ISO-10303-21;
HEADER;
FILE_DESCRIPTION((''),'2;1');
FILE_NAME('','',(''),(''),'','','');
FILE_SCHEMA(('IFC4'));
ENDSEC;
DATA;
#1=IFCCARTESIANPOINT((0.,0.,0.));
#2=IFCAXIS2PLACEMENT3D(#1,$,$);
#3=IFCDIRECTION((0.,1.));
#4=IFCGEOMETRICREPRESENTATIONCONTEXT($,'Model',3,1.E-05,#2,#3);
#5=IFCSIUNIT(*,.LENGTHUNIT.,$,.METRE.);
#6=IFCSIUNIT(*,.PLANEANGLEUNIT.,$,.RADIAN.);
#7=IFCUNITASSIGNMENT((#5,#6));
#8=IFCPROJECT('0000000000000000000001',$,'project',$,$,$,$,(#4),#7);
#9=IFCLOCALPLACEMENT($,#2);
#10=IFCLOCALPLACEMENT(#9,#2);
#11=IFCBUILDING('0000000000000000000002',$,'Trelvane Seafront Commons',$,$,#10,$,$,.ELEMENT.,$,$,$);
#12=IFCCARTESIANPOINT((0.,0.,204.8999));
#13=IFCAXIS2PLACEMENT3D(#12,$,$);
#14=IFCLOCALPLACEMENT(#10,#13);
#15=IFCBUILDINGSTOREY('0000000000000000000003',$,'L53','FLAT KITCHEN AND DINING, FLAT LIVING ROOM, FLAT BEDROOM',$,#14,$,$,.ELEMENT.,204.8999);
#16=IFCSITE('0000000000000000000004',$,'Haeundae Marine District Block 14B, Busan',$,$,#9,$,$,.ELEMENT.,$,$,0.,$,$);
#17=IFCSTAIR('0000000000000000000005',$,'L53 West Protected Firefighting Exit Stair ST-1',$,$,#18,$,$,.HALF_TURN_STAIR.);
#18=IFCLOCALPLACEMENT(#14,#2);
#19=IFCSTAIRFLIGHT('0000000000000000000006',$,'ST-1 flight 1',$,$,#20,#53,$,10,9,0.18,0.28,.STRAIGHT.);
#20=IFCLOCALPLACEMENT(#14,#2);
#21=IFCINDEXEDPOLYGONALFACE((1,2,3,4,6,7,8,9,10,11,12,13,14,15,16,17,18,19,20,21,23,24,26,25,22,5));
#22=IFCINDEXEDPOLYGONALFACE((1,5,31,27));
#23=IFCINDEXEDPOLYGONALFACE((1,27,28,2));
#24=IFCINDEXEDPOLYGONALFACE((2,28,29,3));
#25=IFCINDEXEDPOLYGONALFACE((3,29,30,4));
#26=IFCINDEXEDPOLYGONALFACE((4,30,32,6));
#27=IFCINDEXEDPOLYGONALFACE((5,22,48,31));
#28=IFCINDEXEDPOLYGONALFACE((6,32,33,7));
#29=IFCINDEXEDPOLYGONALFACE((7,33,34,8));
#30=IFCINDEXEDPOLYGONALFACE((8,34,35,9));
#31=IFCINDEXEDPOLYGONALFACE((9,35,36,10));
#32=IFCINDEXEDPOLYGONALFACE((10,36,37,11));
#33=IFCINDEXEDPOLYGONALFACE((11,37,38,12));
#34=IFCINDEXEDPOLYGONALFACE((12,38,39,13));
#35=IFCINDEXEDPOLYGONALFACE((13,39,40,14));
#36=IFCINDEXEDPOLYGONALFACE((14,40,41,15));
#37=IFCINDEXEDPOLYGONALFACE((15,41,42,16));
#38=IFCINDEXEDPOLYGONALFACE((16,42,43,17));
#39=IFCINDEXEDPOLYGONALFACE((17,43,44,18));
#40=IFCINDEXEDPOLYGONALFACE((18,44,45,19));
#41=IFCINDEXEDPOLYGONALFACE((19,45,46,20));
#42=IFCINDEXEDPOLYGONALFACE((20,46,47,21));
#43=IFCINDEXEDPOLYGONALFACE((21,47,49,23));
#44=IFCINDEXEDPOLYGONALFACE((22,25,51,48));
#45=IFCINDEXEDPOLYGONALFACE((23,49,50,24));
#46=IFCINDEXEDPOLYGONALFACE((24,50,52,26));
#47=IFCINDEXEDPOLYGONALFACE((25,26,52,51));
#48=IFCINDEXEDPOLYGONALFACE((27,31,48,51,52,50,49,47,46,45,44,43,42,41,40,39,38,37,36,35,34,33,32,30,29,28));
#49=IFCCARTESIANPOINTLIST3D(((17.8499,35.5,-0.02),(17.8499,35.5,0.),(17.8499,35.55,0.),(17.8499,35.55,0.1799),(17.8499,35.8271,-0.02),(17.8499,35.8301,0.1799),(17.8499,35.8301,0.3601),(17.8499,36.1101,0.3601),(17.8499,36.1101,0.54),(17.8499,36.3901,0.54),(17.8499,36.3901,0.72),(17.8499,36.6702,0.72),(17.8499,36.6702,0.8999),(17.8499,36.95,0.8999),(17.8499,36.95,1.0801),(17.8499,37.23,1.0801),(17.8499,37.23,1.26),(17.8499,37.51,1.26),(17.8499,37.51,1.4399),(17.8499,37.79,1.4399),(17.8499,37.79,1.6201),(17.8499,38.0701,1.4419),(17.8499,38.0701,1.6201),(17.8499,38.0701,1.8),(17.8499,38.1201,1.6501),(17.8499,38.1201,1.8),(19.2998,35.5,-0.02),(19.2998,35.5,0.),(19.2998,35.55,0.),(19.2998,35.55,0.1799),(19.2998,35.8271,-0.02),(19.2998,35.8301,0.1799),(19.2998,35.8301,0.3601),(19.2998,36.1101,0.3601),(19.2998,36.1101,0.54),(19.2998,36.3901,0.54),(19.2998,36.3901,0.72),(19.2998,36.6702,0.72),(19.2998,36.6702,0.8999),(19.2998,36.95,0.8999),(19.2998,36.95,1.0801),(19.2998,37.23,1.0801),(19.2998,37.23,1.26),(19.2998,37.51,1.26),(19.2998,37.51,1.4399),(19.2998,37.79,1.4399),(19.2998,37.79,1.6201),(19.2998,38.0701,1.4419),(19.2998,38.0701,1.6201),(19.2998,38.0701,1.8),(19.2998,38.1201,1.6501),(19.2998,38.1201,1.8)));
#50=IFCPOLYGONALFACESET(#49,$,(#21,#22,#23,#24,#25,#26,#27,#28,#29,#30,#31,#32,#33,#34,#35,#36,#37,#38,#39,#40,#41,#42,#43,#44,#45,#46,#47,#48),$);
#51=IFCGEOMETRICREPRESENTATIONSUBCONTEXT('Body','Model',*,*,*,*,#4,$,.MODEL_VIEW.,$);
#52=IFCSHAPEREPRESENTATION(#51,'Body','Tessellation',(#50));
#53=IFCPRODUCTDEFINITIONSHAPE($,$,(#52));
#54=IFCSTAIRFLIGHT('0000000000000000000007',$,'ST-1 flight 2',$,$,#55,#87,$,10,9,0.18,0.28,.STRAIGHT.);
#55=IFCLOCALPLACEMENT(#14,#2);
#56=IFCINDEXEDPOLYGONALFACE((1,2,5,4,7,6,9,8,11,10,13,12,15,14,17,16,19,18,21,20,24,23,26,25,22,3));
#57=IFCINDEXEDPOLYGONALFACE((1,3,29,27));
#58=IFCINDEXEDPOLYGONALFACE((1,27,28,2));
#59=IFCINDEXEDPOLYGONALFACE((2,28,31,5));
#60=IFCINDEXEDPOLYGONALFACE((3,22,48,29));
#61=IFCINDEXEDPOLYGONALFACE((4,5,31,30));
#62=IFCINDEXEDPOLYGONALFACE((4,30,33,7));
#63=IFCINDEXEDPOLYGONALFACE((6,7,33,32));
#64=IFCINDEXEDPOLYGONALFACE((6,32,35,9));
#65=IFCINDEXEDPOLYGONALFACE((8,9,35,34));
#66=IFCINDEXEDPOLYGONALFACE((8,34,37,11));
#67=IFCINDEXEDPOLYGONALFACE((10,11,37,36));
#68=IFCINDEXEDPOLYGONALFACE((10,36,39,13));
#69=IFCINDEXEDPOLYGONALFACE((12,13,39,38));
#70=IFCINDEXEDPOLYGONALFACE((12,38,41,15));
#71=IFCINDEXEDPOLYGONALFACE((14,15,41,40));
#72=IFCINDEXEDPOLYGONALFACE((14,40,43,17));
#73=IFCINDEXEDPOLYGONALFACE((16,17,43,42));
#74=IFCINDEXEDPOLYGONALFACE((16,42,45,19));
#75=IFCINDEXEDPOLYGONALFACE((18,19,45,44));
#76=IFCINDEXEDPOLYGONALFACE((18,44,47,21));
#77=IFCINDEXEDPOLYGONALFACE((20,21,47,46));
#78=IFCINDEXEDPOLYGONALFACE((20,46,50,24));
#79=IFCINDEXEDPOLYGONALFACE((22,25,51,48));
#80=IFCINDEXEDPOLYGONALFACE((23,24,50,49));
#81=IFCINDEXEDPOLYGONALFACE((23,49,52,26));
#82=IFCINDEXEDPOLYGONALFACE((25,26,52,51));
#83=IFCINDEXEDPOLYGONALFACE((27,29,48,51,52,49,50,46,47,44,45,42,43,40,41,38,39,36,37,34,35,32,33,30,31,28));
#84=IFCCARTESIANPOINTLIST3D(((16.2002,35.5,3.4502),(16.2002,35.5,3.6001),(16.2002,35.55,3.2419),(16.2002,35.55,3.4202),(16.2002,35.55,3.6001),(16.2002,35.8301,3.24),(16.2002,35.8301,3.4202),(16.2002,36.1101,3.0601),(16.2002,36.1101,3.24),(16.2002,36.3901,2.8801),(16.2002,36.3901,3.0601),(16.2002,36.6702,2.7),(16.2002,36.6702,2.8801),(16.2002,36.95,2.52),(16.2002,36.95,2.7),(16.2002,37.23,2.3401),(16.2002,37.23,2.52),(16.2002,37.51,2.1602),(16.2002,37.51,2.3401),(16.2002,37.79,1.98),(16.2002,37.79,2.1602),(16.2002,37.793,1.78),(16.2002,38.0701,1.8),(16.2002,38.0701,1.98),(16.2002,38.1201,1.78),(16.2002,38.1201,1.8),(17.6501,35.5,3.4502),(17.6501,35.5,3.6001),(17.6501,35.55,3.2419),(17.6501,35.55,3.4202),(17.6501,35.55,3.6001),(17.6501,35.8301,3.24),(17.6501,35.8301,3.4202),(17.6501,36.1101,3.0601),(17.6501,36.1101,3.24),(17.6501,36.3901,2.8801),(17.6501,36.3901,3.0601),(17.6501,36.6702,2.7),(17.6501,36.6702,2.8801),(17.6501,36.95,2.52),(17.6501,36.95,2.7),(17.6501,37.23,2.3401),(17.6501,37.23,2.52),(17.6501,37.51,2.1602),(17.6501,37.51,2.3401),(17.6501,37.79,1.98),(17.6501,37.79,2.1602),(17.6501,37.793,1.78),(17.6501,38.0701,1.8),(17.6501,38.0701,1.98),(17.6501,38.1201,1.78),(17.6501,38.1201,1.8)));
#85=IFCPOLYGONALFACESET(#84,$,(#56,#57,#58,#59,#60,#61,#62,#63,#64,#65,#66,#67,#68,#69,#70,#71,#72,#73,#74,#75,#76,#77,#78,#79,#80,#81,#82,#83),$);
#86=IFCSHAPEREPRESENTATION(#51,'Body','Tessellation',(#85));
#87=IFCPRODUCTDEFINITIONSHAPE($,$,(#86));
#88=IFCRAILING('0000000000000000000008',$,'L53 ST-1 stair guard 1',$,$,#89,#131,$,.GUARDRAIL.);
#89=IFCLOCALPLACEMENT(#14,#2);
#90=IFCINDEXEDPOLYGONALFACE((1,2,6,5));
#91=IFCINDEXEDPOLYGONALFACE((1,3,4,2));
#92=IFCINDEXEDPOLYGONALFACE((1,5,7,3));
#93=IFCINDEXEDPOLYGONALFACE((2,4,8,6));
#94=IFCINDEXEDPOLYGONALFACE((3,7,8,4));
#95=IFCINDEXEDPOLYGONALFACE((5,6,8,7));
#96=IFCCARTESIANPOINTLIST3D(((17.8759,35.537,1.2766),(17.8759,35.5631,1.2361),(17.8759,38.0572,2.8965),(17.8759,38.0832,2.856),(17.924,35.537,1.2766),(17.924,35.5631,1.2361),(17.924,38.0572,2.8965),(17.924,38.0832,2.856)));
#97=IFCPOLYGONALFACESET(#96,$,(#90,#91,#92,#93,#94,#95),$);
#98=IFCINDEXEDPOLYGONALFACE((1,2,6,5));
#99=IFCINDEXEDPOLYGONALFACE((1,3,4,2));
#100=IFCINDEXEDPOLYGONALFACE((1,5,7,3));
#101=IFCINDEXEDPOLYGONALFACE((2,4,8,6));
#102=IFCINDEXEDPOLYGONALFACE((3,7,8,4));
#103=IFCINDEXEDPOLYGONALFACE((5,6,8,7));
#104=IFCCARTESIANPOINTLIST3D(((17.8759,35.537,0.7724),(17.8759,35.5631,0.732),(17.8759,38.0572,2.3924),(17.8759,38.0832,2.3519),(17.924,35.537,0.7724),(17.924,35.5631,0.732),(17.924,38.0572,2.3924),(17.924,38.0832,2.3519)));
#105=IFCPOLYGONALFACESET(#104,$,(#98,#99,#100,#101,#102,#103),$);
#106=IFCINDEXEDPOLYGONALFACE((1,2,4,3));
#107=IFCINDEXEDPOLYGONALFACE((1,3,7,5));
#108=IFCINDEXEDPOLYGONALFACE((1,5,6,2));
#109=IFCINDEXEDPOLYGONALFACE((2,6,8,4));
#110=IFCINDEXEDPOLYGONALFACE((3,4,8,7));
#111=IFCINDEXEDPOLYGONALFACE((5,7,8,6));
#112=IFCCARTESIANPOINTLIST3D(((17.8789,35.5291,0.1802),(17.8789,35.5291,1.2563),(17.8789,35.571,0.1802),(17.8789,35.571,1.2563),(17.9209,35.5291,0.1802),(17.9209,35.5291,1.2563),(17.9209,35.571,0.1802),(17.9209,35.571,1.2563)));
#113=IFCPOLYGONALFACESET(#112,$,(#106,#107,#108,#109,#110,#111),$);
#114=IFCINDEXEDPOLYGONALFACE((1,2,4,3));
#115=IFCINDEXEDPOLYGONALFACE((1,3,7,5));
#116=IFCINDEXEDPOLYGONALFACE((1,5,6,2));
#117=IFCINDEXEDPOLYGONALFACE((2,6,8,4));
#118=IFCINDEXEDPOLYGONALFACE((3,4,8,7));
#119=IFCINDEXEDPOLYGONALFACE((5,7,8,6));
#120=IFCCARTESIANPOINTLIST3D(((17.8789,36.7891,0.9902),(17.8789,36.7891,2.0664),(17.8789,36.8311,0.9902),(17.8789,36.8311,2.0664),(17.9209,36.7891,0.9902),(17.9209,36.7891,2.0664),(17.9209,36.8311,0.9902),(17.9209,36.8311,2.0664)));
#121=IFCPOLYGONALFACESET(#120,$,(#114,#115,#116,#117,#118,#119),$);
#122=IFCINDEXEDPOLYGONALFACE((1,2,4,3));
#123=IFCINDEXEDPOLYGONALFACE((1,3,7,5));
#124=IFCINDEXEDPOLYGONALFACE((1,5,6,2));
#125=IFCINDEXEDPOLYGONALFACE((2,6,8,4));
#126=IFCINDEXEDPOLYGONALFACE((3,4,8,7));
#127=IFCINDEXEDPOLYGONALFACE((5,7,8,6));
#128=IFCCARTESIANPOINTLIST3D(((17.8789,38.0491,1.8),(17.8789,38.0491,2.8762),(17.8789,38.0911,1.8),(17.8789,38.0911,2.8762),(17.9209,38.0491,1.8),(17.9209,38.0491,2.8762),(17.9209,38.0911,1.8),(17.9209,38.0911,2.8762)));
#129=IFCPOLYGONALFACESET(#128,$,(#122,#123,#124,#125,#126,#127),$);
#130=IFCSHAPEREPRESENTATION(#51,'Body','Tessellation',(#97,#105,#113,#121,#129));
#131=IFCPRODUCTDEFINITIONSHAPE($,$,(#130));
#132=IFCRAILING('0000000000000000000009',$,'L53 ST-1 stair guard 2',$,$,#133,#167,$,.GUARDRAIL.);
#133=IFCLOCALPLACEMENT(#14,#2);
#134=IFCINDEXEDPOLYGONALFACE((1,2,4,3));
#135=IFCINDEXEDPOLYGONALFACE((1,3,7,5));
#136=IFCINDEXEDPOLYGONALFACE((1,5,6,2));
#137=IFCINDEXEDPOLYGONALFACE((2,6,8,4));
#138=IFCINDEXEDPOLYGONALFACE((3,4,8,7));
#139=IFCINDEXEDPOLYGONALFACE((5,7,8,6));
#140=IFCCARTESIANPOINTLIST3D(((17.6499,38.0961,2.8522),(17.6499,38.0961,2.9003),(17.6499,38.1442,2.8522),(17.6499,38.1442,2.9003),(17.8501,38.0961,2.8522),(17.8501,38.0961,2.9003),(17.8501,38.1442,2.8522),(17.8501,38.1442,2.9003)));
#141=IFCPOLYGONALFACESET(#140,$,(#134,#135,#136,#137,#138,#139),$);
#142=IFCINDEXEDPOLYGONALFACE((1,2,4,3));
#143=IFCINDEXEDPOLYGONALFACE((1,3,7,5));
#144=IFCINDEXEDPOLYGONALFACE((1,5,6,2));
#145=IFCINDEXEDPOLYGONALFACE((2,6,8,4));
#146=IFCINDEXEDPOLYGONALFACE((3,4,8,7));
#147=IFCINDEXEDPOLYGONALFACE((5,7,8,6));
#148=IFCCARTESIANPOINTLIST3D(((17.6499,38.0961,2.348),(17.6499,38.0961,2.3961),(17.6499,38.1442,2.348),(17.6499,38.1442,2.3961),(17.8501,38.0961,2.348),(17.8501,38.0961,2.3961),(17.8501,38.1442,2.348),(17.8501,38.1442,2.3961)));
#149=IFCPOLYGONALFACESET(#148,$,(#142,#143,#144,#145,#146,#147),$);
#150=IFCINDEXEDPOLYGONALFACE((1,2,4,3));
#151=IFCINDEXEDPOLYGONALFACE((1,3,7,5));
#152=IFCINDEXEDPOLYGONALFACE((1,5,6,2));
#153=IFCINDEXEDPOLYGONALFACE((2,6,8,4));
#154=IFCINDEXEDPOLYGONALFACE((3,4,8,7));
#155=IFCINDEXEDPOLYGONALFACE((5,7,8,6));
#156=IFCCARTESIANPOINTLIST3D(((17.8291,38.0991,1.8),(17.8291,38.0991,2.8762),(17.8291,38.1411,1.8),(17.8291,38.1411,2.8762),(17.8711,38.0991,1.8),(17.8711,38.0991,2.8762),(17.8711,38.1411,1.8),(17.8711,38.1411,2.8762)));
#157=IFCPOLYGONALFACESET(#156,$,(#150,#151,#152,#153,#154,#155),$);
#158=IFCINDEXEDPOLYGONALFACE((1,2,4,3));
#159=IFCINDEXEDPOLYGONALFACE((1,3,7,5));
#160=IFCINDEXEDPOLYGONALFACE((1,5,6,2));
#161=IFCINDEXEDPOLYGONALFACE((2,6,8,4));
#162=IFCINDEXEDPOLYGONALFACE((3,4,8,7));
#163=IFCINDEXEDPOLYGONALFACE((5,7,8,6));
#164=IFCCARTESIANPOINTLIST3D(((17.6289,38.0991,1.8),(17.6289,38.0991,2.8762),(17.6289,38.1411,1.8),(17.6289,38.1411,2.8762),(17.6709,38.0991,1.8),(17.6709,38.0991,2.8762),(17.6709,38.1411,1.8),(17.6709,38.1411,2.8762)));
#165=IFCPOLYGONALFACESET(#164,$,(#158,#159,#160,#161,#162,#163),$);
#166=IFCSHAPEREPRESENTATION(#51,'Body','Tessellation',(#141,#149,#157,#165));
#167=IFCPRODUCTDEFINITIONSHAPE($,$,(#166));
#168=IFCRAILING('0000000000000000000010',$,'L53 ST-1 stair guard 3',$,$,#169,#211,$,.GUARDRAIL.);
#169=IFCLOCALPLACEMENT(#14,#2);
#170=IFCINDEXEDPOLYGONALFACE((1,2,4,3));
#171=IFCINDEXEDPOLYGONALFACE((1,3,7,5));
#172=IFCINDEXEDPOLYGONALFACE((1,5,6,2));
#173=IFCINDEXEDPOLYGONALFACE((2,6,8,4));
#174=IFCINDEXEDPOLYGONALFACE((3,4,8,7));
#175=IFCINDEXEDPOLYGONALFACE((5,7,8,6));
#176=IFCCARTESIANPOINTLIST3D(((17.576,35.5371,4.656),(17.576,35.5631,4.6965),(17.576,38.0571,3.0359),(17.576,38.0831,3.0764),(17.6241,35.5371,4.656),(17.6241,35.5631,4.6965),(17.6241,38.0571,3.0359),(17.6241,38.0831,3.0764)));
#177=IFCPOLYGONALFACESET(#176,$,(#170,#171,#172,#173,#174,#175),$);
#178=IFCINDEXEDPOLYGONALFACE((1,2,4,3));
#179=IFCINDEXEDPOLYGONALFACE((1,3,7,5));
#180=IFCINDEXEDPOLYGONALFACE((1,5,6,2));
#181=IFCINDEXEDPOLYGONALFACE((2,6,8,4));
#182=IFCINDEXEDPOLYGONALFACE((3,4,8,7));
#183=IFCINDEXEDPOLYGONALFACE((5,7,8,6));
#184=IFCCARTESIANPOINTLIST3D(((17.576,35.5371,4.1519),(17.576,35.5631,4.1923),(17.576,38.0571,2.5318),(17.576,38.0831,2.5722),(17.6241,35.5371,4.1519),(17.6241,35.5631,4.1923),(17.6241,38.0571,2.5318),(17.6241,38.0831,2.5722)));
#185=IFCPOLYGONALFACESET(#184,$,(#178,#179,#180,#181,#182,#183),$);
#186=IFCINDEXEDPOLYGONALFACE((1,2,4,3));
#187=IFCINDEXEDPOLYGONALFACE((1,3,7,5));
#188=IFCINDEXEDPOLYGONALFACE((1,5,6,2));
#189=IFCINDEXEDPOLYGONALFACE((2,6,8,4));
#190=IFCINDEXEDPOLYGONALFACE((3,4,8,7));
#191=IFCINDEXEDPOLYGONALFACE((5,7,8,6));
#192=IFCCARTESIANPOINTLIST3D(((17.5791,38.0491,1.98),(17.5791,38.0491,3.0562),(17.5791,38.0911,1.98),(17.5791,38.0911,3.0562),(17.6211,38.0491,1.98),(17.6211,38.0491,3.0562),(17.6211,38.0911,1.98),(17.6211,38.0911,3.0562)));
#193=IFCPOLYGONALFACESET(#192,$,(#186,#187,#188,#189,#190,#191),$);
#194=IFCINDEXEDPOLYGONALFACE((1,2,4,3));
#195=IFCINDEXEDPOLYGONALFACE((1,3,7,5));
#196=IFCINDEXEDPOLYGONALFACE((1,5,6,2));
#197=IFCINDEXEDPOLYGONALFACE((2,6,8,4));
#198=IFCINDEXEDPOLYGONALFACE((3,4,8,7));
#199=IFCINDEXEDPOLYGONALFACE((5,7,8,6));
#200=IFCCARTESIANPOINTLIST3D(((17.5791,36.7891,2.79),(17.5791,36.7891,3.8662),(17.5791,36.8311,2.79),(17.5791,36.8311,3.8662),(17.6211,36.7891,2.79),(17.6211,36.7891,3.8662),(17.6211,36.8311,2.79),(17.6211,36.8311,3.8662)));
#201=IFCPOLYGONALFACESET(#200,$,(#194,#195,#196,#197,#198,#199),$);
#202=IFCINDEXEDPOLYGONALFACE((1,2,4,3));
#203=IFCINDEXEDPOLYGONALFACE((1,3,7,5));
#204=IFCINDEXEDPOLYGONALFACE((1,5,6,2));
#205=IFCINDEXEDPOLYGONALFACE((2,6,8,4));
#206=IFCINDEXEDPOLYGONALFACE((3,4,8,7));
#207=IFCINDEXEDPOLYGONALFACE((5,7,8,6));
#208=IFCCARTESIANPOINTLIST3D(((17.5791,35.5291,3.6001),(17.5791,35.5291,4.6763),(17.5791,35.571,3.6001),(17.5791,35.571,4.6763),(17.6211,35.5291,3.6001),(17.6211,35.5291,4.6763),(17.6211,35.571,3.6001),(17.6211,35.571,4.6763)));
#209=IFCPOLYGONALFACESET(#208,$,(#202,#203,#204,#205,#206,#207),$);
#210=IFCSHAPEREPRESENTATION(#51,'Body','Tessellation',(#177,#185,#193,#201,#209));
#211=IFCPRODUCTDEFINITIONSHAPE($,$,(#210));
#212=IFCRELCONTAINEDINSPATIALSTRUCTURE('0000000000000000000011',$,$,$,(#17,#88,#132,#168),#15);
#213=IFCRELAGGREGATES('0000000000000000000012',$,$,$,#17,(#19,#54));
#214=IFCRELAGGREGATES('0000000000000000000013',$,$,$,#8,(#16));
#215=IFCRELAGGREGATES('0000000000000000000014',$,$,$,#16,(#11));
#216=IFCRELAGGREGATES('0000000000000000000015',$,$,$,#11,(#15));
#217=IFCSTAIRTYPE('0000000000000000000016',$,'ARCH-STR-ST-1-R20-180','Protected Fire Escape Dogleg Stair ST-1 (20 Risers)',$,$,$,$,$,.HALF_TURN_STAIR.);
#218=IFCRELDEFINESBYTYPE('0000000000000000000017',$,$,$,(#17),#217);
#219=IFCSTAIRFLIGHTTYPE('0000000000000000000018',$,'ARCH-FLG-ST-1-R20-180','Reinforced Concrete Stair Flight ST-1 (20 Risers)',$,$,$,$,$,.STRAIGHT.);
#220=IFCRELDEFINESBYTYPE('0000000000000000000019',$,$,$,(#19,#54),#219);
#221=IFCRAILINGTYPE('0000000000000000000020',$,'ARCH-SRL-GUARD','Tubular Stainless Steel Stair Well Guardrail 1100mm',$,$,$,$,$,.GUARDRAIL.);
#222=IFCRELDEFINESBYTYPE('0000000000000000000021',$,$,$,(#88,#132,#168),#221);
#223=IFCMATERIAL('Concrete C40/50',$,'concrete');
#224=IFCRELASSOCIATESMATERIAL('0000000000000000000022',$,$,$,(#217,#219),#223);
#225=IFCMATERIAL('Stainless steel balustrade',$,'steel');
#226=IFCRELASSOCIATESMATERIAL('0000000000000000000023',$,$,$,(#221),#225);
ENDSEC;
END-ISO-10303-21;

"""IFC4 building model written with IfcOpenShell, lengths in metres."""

from ifc_helpers import new_model, si_unit, direction, frame, origin, origin_2d, place, context, subcontext, project, spatial, polyline, rectangle, outline, extrude, source, transform, mapped, material, type_object, element, aggregate, save


model = new_model("IFC4")

# Units and contexts
model_context = context("Model", 3, precision=1e-05, world=origin(), true_north=direction((0.0, 1.0)))
body_context = subcontext(model_context, "Body", "Model", "MODEL_VIEW")
ifc_project = project(units=[si_unit("LENGTHUNIT", "METRE"), si_unit("PLANEANGLEUNIT", "RADIAN")], contexts=[model_context])

# Site, building, storey
site_placement = place(None, origin())
site = spatial("IfcSite", under=ifc_project, at=site_placement, Name="Haeundae Marine District Block 14B, Busan", CompositionType="ELEMENT", RefElevation=0.0)
building_placement = place(site_placement, origin())
building = spatial("IfcBuilding", under=site, at=building_placement, Name="Trelvane Seafront Commons", CompositionType="ELEMENT")
storey_placement = place(building_placement, frame((0.0, 0.0, 204.8999)))
storey = spatial("IfcBuildingStorey", under=building, at=storey_placement, Name="L53", Description="FLAT KITCHEN AND DINING, FLAT LIVING ROOM, FLAT BEDROOM", CompositionType="ELEMENT", Elevation=204.8999)

# Shared definitions
ifc_material_1 = material(Name="Concrete C40/50", Category="concrete")
ifc_material_2 = material(Name="Stainless steel balustrade", Category="steel")

# Stair, stair flights
stair_type = type_object("IfcStairType", Name="ARCH-STR-ST-1-R20-180", Description="Protected Fire Escape Dogleg Stair ST-1 (20 Risers)", PredefinedType="HALF_TURN_STAIR", material=ifc_material_1)
stair_placement = place(storey_placement, origin())
stair = element("IfcStair", 1, at=stair_placement, inside=storey, type_object=stair_type, Name="L53 West Protected Firefighting Exit Stair ST-1", PredefinedType="HALF_TURN_STAIR")
stair_flight_type = type_object("IfcStairFlightType", Name="ARCH-FLG-ST-1-R20-180", Description="Reinforced Concrete Stair Flight ST-1 (20 Risers)", PredefinedType="STRAIGHT", material=ifc_material_1)
shared_shape_1 = source(origin(), body_context, "Body", "SweptSolid", [
    extrude(outline(polyline([(-0.05, -0.02), (-0.05, 0.0), (0.0, 0.0), (0.0, 0.1799), (0.28, 0.1799), (0.28, 0.3601), (0.5601, 0.3601), (0.5601, 0.54), (0.8401, 0.54), (0.8401, 0.72), (1.1201, 0.72), (1.1201, 0.8999), (1.3999, 0.8999), (1.3999, 1.0801), (1.6799, 1.0801), (1.6799, 1.26), (1.96, 1.26), (1.96, 1.4399), (2.24, 1.4399), (2.24, 1.6201), (2.52, 1.6201), (2.52, 1.8), (2.5701, 1.8), (2.5701, 1.6501), (2.52, 1.4419), (0.2771, -0.02), (-0.05, -0.02)])), frame((0.0, 0.7251, 0.0), z_axis=(0.0, -1.0, 0.0), x_axis=(1.0, 0.0, 0.0)), (0.0, 0.0, 1.0), 1.45),
])
stair_flight_1_placement = place(storey_placement, frame((18.575, 35.55, 0.0), z_axis=(0.0, 0.0, 1.0), x_axis=(0.0, 1.0, 0.0)))
stair_flight_1 = element("IfcStairFlight", 2, at=stair_flight_1_placement, type_object=stair_flight_type, Name="ST-1 flight 1", NumberOfRisers=10, NumberOfTreads=9, PredefinedType="STRAIGHT", RiserHeight=0.18, TreadLength=0.28, context=body_context, shape_type="MappedRepresentation", body=[
    mapped(shared_shape_1, transform((0.0, 0.0, 0.0), x_axis=(1.0, 0.0, 0.0), y_axis=(0.0, 1.0, 0.0), z_axis=(0.0, 0.0, 1.0), scale=1.0)),
])
stair_flight_2_placement = place(storey_placement, frame((16.925, 38.0701, 1.8), z_axis=(0.0, 0.0, 1.0), x_axis=(0.0, -1.0, 0.0)))
stair_flight_2 = element("IfcStairFlight", 3, at=stair_flight_2_placement, type_object=stair_flight_type, Name="ST-1 flight 2", NumberOfRisers=10, NumberOfTreads=9, PredefinedType="STRAIGHT", RiserHeight=0.18, TreadLength=0.28, context=body_context, shape_type="MappedRepresentation", body=[
    mapped(shared_shape_1, transform((0.0, 0.0, 0.0), x_axis=(1.0, 0.0, 0.0), y_axis=(0.0, 1.0, 0.0), z_axis=(0.0, 0.0, 1.0), scale=1.0)),
])
aggregate(stair, [stair_flight_1, stair_flight_2])

# Railings
railing_type_1 = type_object("IfcRailingType", Name="ARCH-SRL-GUARD", Description="Tubular Stainless Steel Stair Well Guardrail 1100mm", PredefinedType="GUARDRAIL", material=ifc_material_2)
railing_1_placement = place(storey_placement, frame((17.8999, 35.55, 0.1802)))
element("IfcRailing", 4, at=railing_1_placement, inside=storey, type_object=railing_type_1, Name="L53 ST-1 stair guard 1", PredefinedType="GUARDRAIL", context=body_context, shape_type="SweptSolid", body=[
    extrude(rectangle(XDim=0.0481, YDim=0.0481, at=origin_2d()), frame((0.0, 0.0, 1.0762), z_axis=(0.0, 0.8412, 0.540725), x_axis=(-1.0, 0.0, 0.0)), (0.0, 0.0, 1.0), 2.9958),
    extrude(rectangle(XDim=0.0481, YDim=0.0481, at=origin_2d()), frame((0.0, 0.0, 0.572), z_axis=(0.0, 0.8412, 0.540725), x_axis=(-1.0, 0.0, 0.0)), (0.0, 0.0, 1.0), 2.9958),
    extrude(rectangle(XDim=0.042, YDim=0.042, at=origin_2d()), origin(), (0.0, 0.0, 1.0), 1.0762),
    extrude(rectangle(XDim=0.042, YDim=0.042, at=origin_2d()), frame((0.0, 1.26, 0.8101)), (0.0, 0.0, 1.0), 1.0762),
    extrude(rectangle(XDim=0.042, YDim=0.042, at=origin_2d()), frame((0.0, 2.52, 1.6199)), (0.0, 0.0, 1.0), 1.0762),
])
railing_2_placement = place(storey_placement, frame((17.8501, 38.1201, 1.8)))
element("IfcRailing", 5, at=railing_2_placement, inside=storey, type_object=railing_type_1, Name="L53 ST-1 stair guard 2", PredefinedType="GUARDRAIL", context=body_context, shape_type="SweptSolid", body=[
    extrude(rectangle(XDim=0.0481, YDim=0.0481, at=origin_2d()), frame((0.0, 0.0, 1.0762), z_axis=(-1.0, 0.0, 0.0), x_axis=(0.0, -1.0, 0.0)), (0.0, 0.0, 1.0), 0.2002),
    extrude(rectangle(XDim=0.0481, YDim=0.0481, at=origin_2d()), frame((0.0, 0.0, 0.572), z_axis=(-1.0, 0.0, 0.0), x_axis=(0.0, -1.0, 0.0)), (0.0, 0.0, 1.0), 0.2002),
    extrude(rectangle(XDim=0.042, YDim=0.042, at=origin_2d()), origin(), (0.0, 0.0, 1.0), 1.0762),
    extrude(rectangle(XDim=0.042, YDim=0.042, at=origin_2d()), frame((-0.2002, 0.0, 0.0)), (0.0, 0.0, 1.0), 1.0762),
])
railing_3_placement = place(storey_placement, frame((17.6001, 38.0701, 1.98)))
element("IfcRailing", 6, at=railing_3_placement, inside=storey, type_object=railing_type_1, Name="L53 ST-1 stair guard 3", PredefinedType="GUARDRAIL", context=body_context, shape_type="SweptSolid", body=[
    extrude(rectangle(XDim=0.0481, YDim=0.0481, at=origin_2d()), frame((0.0, 0.0, 1.0762), z_axis=(0.0, -0.841163, 0.540782), x_axis=(1.0, 0.0, 0.0)), (0.0, 0.0, 1.0), 2.9958),
    extrude(rectangle(XDim=0.0481, YDim=0.0481, at=origin_2d()), frame((0.0, 0.0, 0.572), z_axis=(0.0, -0.841163, 0.540782), x_axis=(1.0, 0.0, 0.0)), (0.0, 0.0, 1.0), 2.9958),
    extrude(rectangle(XDim=0.042, YDim=0.042, at=origin_2d()), origin(), (0.0, 0.0, 1.0), 1.0762),
    extrude(rectangle(XDim=0.042, YDim=0.042, at=origin_2d()), frame((0.0, -1.26, 0.8101)), (0.0, 0.0, 1.0), 1.0762),
    extrude(rectangle(XDim=0.042, YDim=0.042, at=origin_2d()), frame((0.0, -2.52, 1.6201)), (0.0, 0.0, 1.0), 1.0762),
])

save(model, "model.ifc")
